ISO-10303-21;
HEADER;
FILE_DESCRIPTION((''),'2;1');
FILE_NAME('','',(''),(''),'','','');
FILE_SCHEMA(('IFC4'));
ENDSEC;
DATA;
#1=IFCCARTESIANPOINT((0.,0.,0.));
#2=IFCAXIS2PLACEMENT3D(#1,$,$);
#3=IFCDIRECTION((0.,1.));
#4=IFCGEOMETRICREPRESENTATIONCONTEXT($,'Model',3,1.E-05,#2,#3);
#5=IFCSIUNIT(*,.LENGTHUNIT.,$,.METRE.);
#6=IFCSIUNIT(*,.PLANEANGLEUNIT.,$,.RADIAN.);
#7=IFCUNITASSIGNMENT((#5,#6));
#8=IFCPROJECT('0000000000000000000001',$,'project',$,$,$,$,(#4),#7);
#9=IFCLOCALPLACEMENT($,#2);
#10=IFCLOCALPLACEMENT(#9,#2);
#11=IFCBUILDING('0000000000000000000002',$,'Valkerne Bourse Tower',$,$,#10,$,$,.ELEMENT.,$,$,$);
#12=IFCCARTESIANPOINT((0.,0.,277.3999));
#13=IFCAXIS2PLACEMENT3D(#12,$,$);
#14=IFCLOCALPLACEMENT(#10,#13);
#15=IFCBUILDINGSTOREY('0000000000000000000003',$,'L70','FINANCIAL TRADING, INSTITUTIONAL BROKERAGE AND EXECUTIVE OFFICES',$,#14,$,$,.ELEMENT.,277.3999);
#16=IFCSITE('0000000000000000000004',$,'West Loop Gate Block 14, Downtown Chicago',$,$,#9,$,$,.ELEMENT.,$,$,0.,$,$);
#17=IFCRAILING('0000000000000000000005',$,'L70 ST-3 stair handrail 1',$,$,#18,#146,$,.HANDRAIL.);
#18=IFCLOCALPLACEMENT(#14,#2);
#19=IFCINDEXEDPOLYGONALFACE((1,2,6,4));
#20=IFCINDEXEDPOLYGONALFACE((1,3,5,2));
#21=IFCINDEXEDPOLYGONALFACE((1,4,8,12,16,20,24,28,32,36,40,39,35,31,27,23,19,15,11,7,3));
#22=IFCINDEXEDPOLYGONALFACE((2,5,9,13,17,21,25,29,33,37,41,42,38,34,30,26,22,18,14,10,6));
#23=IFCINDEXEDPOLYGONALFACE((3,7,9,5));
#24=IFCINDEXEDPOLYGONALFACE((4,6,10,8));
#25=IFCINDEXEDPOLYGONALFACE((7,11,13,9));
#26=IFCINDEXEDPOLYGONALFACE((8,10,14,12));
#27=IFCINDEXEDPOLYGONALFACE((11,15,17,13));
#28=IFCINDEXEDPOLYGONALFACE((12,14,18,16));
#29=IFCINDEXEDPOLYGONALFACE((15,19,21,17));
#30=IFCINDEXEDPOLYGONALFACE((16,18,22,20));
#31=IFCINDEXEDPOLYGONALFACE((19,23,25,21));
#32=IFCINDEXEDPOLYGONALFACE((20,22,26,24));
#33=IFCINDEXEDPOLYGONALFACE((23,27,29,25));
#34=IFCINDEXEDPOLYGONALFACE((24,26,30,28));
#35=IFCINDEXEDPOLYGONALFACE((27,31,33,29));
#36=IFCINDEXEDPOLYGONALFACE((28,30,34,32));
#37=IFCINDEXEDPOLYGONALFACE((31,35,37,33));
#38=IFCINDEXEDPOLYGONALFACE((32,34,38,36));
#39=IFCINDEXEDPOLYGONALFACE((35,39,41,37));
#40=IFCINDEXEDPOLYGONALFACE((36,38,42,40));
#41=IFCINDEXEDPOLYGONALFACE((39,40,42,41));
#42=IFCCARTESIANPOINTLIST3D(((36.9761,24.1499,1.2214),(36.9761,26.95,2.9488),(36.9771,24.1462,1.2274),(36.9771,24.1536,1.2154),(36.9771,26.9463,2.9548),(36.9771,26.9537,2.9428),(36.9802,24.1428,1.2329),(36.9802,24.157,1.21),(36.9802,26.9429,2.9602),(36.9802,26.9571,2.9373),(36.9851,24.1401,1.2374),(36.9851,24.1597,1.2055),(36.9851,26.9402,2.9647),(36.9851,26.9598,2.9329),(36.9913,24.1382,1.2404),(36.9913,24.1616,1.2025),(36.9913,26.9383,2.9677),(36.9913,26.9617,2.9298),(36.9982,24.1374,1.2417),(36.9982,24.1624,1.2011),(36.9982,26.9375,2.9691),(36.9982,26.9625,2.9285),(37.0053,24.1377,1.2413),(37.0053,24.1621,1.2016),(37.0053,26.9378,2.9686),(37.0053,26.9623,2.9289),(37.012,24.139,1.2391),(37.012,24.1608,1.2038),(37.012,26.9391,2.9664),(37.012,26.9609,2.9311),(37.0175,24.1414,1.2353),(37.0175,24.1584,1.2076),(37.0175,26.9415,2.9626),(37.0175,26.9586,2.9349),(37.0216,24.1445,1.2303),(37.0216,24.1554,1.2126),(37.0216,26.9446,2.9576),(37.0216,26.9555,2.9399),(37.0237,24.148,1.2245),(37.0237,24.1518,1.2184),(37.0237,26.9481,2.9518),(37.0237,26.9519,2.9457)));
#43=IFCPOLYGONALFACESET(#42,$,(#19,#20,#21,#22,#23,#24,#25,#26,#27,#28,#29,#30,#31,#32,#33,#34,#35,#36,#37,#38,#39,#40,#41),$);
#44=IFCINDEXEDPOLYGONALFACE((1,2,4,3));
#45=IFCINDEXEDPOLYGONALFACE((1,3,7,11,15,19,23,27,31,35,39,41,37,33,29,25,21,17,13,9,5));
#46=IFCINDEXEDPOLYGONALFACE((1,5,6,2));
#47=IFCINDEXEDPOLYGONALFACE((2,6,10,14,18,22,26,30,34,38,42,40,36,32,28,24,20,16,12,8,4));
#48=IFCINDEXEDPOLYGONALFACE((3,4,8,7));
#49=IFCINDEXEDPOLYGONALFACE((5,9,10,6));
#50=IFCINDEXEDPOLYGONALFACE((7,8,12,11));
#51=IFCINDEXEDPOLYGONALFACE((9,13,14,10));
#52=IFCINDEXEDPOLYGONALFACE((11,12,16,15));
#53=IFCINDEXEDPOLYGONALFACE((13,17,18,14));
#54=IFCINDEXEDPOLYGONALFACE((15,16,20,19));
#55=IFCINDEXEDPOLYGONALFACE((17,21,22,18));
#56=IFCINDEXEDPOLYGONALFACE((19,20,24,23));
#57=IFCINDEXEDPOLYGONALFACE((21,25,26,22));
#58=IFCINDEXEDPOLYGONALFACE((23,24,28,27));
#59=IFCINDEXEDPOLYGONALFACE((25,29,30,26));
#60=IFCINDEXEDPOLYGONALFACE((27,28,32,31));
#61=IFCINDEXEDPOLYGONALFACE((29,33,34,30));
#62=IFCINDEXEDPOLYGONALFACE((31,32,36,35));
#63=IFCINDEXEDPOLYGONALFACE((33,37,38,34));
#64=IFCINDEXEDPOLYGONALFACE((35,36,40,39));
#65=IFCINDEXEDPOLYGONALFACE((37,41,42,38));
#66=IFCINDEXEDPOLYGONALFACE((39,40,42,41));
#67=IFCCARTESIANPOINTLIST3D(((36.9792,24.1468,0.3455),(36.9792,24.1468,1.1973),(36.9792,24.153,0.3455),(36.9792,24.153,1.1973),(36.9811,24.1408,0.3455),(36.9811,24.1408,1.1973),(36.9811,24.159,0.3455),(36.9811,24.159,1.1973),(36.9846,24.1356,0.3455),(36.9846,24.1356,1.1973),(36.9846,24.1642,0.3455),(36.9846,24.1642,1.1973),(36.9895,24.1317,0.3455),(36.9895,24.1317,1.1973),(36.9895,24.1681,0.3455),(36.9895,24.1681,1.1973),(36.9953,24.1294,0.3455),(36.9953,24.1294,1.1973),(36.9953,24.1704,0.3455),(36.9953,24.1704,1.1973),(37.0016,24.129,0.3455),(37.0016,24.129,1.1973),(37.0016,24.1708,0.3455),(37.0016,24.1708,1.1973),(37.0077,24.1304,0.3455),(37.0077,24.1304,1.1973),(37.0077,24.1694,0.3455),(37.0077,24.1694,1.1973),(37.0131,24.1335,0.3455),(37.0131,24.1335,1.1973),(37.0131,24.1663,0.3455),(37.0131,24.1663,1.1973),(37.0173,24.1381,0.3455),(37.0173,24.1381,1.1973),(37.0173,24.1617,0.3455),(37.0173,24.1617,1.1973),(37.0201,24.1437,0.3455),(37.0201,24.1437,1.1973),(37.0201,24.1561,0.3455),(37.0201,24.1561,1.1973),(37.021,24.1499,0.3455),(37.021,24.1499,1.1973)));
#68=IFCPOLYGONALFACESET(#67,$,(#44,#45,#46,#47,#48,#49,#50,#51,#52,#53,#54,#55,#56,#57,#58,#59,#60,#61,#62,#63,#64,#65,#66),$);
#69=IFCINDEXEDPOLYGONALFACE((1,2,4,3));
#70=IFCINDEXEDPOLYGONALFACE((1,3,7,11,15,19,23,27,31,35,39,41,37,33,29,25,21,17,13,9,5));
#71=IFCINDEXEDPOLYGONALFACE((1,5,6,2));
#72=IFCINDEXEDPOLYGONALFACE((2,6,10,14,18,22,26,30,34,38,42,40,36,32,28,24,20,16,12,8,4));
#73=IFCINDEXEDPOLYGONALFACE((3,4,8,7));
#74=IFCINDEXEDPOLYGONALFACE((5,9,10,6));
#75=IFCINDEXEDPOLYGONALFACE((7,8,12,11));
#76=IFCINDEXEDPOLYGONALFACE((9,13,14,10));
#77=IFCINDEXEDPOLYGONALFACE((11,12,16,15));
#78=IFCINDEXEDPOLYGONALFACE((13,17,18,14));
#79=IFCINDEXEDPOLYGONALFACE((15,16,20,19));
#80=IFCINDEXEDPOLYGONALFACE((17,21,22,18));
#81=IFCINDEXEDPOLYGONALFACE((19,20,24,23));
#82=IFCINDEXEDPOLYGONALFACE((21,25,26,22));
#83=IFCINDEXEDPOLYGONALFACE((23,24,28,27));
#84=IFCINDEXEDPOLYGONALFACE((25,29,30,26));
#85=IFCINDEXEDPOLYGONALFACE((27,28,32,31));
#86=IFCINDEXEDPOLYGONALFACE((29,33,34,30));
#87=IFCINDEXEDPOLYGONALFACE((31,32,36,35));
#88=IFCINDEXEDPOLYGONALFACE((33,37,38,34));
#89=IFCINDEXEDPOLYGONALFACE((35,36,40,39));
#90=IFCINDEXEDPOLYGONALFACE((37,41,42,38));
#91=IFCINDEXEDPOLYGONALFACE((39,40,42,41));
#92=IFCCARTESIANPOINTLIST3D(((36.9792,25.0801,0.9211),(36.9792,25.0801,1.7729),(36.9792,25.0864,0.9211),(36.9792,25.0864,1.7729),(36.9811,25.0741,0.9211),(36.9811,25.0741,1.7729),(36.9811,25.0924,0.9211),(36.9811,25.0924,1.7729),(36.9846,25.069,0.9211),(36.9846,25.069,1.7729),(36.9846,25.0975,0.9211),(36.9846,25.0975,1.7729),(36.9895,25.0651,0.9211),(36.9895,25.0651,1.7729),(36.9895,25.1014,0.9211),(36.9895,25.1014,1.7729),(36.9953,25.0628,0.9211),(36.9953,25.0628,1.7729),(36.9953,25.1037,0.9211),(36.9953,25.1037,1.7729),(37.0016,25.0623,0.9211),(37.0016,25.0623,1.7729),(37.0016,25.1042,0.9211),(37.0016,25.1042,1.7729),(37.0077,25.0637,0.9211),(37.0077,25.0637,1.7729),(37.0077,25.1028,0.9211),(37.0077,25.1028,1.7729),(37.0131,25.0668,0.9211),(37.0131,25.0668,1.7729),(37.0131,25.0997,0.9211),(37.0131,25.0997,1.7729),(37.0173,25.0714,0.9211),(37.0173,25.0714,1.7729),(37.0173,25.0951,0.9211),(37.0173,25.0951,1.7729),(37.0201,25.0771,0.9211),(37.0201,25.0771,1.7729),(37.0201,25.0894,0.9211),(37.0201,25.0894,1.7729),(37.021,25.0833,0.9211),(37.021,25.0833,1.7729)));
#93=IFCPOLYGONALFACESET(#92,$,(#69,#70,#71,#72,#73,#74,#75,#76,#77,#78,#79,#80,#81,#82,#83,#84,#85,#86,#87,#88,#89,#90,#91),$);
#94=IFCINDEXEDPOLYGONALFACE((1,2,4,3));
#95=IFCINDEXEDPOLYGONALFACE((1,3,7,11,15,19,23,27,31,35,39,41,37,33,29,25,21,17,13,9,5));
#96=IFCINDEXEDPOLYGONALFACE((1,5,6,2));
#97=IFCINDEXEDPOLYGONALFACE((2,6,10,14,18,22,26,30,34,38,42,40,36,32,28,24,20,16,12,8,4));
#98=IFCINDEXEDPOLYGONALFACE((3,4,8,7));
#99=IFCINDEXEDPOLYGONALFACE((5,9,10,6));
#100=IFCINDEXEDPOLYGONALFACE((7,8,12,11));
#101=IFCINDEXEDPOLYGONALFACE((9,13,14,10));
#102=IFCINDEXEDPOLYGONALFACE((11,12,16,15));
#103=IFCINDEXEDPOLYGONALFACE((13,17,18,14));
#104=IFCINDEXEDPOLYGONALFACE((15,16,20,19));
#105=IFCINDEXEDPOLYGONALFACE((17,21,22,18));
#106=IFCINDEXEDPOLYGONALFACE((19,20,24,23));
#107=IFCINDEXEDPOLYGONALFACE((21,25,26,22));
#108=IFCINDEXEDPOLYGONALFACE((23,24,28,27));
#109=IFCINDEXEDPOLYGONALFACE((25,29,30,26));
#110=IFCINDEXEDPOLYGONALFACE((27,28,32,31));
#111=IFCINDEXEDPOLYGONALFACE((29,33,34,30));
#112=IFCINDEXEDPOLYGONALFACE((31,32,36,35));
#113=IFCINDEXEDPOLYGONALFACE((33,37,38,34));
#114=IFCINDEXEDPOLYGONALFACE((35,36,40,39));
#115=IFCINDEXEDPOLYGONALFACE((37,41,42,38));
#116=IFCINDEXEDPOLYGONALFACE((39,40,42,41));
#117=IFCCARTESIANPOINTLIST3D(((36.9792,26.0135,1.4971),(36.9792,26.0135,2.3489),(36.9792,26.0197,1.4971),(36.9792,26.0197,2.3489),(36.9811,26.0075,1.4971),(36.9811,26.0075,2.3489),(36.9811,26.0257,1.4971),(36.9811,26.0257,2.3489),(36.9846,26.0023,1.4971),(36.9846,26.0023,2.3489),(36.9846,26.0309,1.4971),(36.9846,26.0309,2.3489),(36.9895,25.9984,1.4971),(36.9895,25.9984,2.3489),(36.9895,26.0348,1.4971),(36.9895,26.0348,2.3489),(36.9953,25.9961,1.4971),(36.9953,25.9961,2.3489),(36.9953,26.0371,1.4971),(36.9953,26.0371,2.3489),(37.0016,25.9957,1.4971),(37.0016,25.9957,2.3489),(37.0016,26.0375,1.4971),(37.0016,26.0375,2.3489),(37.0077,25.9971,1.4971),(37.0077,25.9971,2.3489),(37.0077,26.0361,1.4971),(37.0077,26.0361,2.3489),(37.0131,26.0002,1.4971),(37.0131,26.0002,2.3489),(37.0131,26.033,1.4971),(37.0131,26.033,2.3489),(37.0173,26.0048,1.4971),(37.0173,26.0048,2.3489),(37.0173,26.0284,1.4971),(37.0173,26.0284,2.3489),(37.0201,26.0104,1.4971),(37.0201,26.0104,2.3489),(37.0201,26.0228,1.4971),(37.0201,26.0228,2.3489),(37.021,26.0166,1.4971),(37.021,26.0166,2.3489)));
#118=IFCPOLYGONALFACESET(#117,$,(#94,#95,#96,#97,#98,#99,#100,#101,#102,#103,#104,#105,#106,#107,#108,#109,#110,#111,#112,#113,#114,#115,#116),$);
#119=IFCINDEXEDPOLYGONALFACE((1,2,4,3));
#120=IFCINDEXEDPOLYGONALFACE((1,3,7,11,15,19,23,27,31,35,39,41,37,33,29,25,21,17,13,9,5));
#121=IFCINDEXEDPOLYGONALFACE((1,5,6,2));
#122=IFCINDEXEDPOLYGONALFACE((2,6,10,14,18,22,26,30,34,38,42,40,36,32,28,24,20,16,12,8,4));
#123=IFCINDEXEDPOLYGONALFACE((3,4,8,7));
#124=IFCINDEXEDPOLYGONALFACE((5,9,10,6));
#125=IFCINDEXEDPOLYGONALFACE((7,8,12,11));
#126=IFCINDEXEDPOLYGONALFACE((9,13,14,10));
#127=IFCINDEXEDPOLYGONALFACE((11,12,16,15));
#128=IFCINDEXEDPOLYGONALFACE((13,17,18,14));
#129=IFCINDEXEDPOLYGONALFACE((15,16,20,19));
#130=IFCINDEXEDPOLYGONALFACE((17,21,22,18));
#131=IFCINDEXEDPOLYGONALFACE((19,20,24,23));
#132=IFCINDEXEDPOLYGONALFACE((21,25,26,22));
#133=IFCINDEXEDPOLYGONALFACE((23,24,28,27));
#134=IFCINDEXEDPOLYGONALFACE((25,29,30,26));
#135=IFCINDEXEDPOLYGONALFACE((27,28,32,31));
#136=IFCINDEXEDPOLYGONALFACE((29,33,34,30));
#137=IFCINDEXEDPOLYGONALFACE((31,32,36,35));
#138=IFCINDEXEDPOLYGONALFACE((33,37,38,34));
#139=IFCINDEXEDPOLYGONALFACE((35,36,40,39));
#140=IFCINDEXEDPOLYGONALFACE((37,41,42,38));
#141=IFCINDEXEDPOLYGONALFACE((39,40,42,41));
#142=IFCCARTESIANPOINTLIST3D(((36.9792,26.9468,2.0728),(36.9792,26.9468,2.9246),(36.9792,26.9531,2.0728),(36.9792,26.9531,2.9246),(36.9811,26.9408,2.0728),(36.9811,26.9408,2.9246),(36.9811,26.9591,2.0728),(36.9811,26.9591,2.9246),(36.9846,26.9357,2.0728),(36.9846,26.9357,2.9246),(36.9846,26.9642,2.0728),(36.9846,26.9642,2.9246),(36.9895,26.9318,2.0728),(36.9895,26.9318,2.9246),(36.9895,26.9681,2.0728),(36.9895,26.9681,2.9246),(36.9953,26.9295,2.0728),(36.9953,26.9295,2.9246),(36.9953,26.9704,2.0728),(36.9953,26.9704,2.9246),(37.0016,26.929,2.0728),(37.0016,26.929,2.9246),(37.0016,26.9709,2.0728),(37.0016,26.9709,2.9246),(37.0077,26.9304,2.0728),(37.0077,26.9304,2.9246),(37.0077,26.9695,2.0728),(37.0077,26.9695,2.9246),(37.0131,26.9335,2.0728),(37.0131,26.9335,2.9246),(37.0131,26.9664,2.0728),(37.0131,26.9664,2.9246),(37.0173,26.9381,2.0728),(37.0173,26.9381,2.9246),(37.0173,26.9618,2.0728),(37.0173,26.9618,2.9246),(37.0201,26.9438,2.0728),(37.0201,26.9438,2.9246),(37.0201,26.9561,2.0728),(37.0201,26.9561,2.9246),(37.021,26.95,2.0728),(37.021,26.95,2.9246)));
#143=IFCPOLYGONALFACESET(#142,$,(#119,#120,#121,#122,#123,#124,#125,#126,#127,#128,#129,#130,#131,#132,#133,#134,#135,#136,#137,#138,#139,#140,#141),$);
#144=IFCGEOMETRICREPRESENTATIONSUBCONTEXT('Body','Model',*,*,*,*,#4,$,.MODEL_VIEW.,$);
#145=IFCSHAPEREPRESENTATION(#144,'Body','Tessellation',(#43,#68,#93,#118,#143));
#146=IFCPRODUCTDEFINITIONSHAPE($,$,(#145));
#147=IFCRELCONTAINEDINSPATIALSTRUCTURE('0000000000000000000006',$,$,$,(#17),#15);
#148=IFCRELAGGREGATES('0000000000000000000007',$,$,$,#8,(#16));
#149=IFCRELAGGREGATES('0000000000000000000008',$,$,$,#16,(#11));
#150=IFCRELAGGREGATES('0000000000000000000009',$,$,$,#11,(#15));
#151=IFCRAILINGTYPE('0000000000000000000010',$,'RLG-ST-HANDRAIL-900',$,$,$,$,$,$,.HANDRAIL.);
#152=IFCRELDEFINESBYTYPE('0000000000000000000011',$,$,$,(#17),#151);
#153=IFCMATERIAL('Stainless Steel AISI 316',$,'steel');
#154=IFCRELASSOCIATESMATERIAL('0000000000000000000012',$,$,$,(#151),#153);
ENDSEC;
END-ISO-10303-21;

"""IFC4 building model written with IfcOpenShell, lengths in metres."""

from ifc_helpers import new_model, si_unit, direction, frame, origin, origin_2d, place, context, subcontext, project, spatial, circle, extrude, material, type_object, element, save


model = new_model("IFC4")

# Units and contexts
model_context = context("Model", 3, precision=1e-05, world=origin(), true_north=direction((0.0, 1.0)))
body_context = subcontext(model_context, "Body", "Model", "MODEL_VIEW")
ifc_project = project(units=[si_unit("LENGTHUNIT", "METRE"), si_unit("PLANEANGLEUNIT", "RADIAN")], contexts=[model_context])

# Site, building, storey
site_placement = place(None, origin())
site = spatial("IfcSite", under=ifc_project, at=site_placement, Name="West Loop Gate Block 14, Downtown Chicago", CompositionType="ELEMENT", RefElevation=0.0)
building_placement = place(site_placement, origin())
building = spatial("IfcBuilding", under=site, at=building_placement, Name="Valkerne Bourse Tower", CompositionType="ELEMENT")
storey_placement = place(building_placement, frame((0.0, 0.0, 277.3999)))
storey = spatial("IfcBuildingStorey", under=building, at=storey_placement, Name="L70", Description="FINANCIAL TRADING, INSTITUTIONAL BROKERAGE AND EXECUTIVE OFFICES", CompositionType="ELEMENT", Elevation=277.3999)

# Shared definitions
ifc_material_1 = material(Name="Stainless Steel AISI 316", Category="steel")

# Railing
railing_type_1 = type_object("IfcRailingType", Name="RLG-ST-HANDRAIL-900", PredefinedType="HANDRAIL", material=ifc_material_1)
railing_1_placement = place(storey_placement, frame((37.0, 24.1499, 0.3455)))
element("IfcRailing", 1, at=railing_1_placement, inside=storey, type_object=railing_type_1, Name="L70 ST-3 stair handrail 1", PredefinedType="HANDRAIL", context=body_context, shape_type="SweptSolid", body=[
    extrude(circle(Radius=0.0239, at=origin_2d()), frame((0.0, 0.0, 0.876), z_axis=(0.0, 0.85109, 0.52502), x_axis=(-1.0, 0.0, 0.0)), (0.0, 0.0, 1.0), 3.29),
    extrude(circle(Radius=0.021, at=origin_2d()), origin(), (0.0, 0.0, 1.0), 0.8518),
    extrude(circle(Radius=0.021, at=origin_2d()), frame((0.0, 0.9333, 0.5757)), (0.0, 0.0, 1.0), 0.8518),
    extrude(circle(Radius=0.021, at=origin_2d()), frame((0.0, 1.8667, 1.1516)), (0.0, 0.0, 1.0), 0.8518),
    extrude(circle(Radius=0.021, at=origin_2d()), frame((0.0, 2.8, 1.7273)), (0.0, 0.0, 1.0), 0.8518),
])

save(model, "model.ifc")
